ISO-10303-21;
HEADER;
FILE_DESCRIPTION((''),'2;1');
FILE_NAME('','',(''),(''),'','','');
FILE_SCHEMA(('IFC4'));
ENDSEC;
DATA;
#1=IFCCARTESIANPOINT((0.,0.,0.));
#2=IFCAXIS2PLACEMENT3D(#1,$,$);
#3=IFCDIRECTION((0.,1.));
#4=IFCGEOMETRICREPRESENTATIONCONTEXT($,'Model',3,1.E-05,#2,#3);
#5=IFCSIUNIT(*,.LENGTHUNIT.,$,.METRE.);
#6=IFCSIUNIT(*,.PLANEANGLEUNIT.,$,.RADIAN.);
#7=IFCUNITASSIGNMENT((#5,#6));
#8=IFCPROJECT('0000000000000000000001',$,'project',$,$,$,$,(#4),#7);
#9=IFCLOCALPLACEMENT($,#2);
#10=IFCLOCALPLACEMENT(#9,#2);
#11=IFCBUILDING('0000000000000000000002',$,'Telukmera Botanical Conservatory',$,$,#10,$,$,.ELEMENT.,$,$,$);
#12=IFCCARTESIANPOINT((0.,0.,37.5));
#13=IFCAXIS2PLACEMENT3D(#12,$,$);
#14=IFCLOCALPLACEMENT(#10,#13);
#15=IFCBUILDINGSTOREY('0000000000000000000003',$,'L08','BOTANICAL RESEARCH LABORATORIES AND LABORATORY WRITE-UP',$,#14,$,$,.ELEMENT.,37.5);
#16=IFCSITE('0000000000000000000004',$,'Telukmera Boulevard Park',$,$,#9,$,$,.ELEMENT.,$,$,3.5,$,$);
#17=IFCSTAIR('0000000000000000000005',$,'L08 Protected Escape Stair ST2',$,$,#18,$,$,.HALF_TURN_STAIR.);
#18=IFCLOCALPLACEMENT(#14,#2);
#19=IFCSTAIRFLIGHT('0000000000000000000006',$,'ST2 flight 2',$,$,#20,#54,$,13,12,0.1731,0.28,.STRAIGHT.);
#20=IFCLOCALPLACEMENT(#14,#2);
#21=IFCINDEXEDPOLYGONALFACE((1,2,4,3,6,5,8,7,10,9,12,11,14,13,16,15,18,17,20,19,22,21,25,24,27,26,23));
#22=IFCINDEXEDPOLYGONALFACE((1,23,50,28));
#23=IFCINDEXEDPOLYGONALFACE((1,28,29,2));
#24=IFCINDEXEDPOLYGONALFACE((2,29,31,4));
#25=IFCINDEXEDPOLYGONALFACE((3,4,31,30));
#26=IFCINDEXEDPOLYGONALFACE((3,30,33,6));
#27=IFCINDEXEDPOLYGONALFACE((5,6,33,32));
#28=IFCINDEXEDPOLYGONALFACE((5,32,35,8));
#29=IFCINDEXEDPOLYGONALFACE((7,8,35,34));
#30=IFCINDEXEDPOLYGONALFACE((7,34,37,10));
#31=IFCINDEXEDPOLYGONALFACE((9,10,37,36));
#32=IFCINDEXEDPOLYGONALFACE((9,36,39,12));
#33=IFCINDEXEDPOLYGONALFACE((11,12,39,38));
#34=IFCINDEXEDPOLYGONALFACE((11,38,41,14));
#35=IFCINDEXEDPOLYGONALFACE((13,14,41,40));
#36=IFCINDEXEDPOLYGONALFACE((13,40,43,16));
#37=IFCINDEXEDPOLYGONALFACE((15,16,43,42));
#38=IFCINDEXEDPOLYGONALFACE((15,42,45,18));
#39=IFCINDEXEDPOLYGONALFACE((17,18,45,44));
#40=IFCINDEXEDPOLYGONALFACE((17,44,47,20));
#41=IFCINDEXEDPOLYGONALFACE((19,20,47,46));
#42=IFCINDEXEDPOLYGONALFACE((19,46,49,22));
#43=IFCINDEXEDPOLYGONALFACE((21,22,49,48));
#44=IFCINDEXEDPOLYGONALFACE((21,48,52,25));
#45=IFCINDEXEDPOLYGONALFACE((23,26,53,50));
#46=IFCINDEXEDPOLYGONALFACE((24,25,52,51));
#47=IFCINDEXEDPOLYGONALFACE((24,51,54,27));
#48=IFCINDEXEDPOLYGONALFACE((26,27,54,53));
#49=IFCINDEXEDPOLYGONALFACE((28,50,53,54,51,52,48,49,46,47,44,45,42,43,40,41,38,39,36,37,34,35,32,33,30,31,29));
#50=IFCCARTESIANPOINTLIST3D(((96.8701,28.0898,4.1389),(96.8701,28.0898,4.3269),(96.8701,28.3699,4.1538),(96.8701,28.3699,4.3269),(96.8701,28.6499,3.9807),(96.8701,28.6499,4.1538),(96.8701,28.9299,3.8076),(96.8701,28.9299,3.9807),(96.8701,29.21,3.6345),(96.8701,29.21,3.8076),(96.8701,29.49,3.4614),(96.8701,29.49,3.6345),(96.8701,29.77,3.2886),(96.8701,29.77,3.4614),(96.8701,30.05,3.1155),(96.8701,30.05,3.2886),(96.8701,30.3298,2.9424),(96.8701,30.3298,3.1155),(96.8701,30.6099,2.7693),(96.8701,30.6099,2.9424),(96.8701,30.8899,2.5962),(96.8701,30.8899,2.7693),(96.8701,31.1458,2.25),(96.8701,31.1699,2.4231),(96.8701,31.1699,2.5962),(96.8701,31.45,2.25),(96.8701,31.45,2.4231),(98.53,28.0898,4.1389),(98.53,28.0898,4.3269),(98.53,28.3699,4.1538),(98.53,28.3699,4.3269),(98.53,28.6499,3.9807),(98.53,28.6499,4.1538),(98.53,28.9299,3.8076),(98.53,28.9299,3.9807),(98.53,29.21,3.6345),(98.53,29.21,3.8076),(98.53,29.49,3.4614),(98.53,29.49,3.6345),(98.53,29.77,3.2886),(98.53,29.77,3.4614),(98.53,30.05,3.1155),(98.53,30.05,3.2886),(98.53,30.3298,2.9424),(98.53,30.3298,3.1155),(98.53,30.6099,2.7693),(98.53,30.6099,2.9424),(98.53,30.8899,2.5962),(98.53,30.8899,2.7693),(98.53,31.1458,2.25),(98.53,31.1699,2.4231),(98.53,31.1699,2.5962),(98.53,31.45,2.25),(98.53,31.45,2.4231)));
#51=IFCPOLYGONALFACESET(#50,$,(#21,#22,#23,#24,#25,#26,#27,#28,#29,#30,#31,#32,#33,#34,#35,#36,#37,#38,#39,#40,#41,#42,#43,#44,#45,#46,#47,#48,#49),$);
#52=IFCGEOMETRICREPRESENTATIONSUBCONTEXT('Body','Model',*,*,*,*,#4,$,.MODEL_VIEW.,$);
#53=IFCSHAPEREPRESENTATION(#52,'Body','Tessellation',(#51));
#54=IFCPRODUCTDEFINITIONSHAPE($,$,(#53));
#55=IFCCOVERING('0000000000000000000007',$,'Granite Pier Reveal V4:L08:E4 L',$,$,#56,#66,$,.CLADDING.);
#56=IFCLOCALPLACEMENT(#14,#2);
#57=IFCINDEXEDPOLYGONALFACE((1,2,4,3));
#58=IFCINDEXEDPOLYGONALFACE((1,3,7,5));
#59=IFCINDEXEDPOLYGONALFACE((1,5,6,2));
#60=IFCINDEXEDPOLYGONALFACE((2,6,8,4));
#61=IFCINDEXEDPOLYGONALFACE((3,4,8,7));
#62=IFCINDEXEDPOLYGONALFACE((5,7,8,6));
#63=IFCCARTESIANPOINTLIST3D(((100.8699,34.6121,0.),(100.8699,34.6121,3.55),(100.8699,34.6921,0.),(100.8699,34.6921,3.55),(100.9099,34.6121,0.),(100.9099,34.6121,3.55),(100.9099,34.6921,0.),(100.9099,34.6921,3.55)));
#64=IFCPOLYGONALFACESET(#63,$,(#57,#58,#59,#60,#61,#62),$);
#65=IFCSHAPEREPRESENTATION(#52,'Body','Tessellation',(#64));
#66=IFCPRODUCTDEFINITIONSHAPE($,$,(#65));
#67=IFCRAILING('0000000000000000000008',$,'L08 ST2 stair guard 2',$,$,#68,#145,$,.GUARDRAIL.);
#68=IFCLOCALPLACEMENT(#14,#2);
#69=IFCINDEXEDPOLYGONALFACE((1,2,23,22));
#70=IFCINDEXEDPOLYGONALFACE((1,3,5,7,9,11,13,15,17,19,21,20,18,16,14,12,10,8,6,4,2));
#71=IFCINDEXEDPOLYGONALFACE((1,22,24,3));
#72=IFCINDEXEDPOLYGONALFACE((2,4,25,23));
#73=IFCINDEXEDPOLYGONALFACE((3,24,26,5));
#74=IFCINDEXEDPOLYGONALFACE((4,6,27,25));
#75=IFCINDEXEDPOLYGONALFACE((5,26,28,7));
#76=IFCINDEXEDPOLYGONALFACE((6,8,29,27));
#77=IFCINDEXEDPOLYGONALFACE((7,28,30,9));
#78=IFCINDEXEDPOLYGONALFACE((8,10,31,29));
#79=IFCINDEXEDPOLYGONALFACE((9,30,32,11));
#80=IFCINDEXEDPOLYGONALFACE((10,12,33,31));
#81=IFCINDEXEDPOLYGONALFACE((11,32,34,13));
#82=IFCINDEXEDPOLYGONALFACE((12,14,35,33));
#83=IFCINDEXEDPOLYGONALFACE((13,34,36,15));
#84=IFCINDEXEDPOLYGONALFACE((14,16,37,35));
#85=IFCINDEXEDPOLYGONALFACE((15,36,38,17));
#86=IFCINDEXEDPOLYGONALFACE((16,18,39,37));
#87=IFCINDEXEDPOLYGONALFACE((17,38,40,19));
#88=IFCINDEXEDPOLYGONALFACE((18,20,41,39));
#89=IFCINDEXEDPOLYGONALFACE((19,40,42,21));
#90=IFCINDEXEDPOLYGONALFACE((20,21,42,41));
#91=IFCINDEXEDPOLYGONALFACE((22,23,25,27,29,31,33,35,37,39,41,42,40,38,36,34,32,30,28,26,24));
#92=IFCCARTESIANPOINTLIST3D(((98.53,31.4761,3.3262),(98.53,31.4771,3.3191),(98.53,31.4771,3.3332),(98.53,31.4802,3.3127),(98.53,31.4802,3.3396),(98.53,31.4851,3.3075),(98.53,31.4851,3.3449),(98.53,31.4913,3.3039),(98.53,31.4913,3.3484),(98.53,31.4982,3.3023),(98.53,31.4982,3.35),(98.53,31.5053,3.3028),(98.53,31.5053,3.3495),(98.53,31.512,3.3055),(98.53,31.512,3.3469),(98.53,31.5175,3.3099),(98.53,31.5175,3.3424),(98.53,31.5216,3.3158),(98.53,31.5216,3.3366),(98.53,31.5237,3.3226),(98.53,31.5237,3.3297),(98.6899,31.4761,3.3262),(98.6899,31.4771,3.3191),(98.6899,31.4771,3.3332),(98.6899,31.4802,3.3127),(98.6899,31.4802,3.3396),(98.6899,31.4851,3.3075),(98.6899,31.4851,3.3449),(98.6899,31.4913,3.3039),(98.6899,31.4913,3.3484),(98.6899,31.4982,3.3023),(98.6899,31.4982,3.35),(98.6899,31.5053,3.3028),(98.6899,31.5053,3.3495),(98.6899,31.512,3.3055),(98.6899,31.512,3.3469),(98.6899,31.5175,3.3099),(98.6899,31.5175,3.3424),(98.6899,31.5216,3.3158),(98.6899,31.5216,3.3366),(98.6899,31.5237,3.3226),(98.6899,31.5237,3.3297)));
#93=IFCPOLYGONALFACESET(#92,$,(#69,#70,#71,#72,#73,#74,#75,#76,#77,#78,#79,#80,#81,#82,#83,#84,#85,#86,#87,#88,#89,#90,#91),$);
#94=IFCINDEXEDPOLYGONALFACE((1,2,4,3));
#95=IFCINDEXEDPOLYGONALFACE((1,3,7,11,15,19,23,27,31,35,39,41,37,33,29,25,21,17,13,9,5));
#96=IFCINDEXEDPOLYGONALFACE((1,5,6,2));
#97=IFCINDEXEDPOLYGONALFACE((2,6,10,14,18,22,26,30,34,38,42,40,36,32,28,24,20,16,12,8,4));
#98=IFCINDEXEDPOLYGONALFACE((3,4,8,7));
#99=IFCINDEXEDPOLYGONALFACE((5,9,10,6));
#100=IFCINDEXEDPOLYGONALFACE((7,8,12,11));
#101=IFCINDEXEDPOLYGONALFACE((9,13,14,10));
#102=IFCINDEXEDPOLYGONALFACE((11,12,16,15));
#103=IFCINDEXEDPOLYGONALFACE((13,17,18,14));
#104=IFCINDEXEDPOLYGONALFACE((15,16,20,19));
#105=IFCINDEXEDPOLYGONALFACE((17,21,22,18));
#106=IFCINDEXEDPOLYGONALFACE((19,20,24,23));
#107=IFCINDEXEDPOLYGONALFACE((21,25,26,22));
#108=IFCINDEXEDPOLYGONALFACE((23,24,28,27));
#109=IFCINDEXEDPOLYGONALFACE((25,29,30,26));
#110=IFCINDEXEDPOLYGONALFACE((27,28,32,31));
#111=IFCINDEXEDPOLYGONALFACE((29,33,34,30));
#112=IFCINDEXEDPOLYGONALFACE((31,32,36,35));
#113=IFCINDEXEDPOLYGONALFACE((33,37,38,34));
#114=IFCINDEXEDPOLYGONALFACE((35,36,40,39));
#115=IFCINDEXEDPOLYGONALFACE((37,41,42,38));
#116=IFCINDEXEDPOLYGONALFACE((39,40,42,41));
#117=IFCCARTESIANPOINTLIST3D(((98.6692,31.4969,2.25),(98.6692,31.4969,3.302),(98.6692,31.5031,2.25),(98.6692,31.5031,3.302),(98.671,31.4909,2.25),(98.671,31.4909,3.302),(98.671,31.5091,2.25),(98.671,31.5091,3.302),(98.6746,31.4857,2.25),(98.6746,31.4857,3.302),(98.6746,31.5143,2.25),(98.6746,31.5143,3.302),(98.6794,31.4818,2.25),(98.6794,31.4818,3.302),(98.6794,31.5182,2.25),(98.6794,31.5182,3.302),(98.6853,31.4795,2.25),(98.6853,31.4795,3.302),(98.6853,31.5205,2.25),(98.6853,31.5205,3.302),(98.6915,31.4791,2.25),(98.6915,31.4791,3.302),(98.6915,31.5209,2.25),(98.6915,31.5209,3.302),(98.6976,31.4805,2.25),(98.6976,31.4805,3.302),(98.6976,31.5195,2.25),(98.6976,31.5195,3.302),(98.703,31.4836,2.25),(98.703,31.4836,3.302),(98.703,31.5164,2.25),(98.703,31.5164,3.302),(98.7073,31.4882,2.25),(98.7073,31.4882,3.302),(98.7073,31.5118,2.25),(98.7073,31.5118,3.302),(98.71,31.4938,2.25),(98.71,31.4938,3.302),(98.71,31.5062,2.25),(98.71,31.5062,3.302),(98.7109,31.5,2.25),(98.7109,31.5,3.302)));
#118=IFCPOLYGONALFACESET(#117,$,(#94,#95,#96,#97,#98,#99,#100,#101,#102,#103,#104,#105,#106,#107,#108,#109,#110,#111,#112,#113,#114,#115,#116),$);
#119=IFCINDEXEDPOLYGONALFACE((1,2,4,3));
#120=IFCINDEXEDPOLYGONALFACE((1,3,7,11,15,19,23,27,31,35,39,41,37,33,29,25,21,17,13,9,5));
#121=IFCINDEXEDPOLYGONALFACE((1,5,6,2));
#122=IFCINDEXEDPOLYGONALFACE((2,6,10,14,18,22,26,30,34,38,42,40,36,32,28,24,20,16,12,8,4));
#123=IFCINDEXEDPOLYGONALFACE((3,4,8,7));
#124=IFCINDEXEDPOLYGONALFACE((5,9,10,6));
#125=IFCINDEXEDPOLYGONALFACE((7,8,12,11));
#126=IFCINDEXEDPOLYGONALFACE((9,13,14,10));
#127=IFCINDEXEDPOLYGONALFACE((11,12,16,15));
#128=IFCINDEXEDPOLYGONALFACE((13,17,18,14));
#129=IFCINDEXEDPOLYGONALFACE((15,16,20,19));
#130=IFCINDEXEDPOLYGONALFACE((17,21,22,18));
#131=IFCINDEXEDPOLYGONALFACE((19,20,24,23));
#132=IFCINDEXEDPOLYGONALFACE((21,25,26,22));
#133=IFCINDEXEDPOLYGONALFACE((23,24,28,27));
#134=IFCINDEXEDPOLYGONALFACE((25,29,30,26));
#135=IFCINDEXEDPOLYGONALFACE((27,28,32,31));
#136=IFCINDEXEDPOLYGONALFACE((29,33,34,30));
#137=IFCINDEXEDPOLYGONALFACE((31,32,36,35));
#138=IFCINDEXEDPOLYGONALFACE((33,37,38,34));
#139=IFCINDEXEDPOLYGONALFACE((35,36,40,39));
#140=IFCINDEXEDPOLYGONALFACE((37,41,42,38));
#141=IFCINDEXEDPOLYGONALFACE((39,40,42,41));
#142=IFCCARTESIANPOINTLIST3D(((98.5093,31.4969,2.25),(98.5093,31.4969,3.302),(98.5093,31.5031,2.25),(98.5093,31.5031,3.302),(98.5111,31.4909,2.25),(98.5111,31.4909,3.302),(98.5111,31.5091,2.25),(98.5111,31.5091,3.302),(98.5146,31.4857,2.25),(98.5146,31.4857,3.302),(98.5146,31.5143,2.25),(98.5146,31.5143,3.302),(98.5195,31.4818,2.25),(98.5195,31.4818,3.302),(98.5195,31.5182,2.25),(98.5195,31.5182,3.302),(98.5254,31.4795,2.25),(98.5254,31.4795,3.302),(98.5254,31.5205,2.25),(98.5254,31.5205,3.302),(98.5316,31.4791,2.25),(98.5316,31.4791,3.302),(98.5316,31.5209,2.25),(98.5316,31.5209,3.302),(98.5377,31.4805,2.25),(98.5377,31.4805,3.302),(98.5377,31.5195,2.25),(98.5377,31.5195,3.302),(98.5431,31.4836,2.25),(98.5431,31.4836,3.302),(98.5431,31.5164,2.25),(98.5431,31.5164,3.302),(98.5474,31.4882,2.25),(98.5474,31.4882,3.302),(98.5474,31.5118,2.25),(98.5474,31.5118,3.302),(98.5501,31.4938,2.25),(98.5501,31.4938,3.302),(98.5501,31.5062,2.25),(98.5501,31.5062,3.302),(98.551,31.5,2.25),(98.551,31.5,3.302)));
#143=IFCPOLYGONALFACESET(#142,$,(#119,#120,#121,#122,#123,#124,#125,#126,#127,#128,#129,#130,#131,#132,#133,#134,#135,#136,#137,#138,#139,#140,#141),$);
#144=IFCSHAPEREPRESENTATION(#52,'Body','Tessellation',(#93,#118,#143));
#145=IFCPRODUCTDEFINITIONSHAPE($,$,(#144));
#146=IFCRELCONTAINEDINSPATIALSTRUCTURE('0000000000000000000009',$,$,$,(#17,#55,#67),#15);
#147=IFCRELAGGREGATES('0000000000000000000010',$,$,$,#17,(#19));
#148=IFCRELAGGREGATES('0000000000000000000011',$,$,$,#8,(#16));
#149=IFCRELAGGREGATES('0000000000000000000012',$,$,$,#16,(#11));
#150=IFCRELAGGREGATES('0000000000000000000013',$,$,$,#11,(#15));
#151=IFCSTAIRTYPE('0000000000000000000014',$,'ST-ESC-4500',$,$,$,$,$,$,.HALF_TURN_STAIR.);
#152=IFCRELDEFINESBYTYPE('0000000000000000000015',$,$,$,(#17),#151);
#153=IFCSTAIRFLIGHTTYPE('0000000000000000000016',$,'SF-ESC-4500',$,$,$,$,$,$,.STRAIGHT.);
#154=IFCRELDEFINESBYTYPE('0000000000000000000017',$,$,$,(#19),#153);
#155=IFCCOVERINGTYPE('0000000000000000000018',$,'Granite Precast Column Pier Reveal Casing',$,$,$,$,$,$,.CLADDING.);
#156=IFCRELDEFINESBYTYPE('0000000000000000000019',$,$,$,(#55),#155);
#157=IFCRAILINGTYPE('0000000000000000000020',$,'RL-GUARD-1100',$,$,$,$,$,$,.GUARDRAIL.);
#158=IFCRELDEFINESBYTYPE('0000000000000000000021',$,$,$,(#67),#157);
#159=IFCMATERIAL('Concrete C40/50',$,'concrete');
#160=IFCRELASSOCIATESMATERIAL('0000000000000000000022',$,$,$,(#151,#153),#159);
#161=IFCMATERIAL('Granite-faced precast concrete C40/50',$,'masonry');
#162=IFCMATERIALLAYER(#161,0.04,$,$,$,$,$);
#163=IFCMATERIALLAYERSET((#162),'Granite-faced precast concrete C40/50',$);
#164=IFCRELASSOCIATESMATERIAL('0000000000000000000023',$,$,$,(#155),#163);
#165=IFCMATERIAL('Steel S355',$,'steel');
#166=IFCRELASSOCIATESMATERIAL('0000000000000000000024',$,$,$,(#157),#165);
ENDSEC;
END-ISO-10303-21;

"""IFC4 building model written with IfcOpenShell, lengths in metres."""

from ifc_helpers import new_model, si_unit, direction, frame, origin, origin_2d, place, context, subcontext, project, spatial, polyline, rectangle, circle, outline, extrude, material, layer, layer_set, type_object, element, aggregate, save


model = new_model("IFC4")

# Units and contexts
model_context = context("Model", 3, precision=1e-05, world=origin(), true_north=direction((0.0, 1.0)))
body_context = subcontext(model_context, "Body", "Model", "MODEL_VIEW")
ifc_project = project(units=[si_unit("LENGTHUNIT", "METRE"), si_unit("PLANEANGLEUNIT", "RADIAN")], contexts=[model_context])

# Site, building, storey
site_placement = place(None, origin())
site = spatial("IfcSite", under=ifc_project, at=site_placement, Name="Telukmera Boulevard Park", CompositionType="ELEMENT", RefElevation=3.5)
building_placement = place(site_placement, origin())
building = spatial("IfcBuilding", under=site, at=building_placement, Name="Telukmera Botanical Conservatory", CompositionType="ELEMENT")
storey_placement = place(building_placement, frame((0.0, 0.0, 37.5)))
storey = spatial("IfcBuildingStorey", under=building, at=storey_placement, Name="L08", Description="BOTANICAL RESEARCH LABORATORIES AND LABORATORY WRITE-UP", CompositionType="ELEMENT", Elevation=37.5)

# Shared definitions
ifc_material_1 = material(Name="Concrete C40/50", Category="concrete")

# Stair, stair flight
stair_type = type_object("IfcStairType", Name="ST-ESC-4500", PredefinedType="HALF_TURN_STAIR", material=ifc_material_1)
stair_placement = place(storey_placement, origin())
stair = element("IfcStair", 1, at=stair_placement, inside=storey, type_object=stair_type, Name="L08 Protected Escape Stair ST2", PredefinedType="HALF_TURN_STAIR")
stair_flight_type = type_object("IfcStairFlightType", Name="SF-ESC-4500", PredefinedType="STRAIGHT", material=ifc_material_1)
stair_flight_placement = place(storey_placement, frame((97.7, 31.45, 2.25), z_axis=(0.0, 0.0, 1.0), x_axis=(0.0, -1.0, 0.0)))
stair_flight = element("IfcStairFlight", 2, at=stair_flight_placement, type_object=stair_flight_type, Name="ST2 flight 2", NumberOfRisers=13, NumberOfTreads=12, PredefinedType="STRAIGHT", RiserHeight=0.1731, TreadLength=0.28, context=body_context, shape_type="SweptSolid", body=[
    extrude(outline(polyline([(0.0, 0.0), (0.0, 0.1731), (0.28, 0.1731), (0.28, 0.3462), (0.5601, 0.3462), (0.5601, 0.5193), (0.8401, 0.5193), (0.8401, 0.6924), (1.1201, 0.6924), (1.1201, 0.8655), (1.3999, 0.8655), (1.3999, 1.0386), (1.6799, 1.0386), (1.6799, 1.2114), (1.96, 1.2114), (1.96, 1.3845), (2.24, 1.3845), (2.24, 1.5576), (2.52, 1.5576), (2.52, 1.7307), (2.8, 1.7307), (2.8, 1.9038), (3.0801, 1.9038), (3.0801, 2.0769), (3.3601, 2.0769), (3.3601, 2.25), (3.3601, 1.8889), (0.3042, 0.0), (0.0, 0.0)])), frame((0.0, 0.8301, 0.0), z_axis=(0.0, -1.0, 0.0), x_axis=(1.0, 0.0, 0.0)), (0.0, 0.0, 1.0), 1.6599),
])
aggregate(stair, [stair_flight])

# Covering
ifc_material_2 = material(Name="Granite-faced precast concrete C40/50", Category="masonry")
ifc_layer_1 = layer(ifc_material_2, 0.04)
ifc_layer_set_1 = layer_set([ifc_layer_1], Name="Granite-faced precast concrete C40/50")
covering_type = type_object("IfcCoveringType", Name="Granite Precast Column Pier Reveal Casing", PredefinedType="CLADDING", material=ifc_layer_set_1)
covering_placement = place(storey_placement, frame((100.8899, 34.6521, 0.0), z_axis=(0.0, 0.0, 1.0), x_axis=(0.0, 1.0, 0.0)))
element("IfcCovering", 3, at=covering_placement, inside=storey, type_object=covering_type, Name="Granite Pier Reveal V4:L08:E4 L", PredefinedType="CLADDING", context=body_context, shape_type="SweptSolid", body=[
    extrude(rectangle(XDim=0.0801, YDim=0.04, at=origin_2d()), origin(), (0.0, 0.0, 1.0), 3.55),
])

# Railing
ifc_material_3 = material(Name="Steel S355", Category="steel")
railing_type_1 = type_object("IfcRailingType", Name="RL-GUARD-1100", PredefinedType="GUARDRAIL", material=ifc_material_3)
railing_1_placement = place(storey_placement, frame((98.6899, 31.5, 2.25)))
element("IfcRailing", 4, at=railing_1_placement, inside=storey, type_object=railing_type_1, Name="L08 ST2 stair guard 2", PredefinedType="GUARDRAIL", context=body_context, shape_type="SweptSolid", body=[
    extrude(circle(Radius=0.0239, at=origin_2d()), frame((0.0, 0.0, 1.0762), z_axis=(-1.0, 0.0, 0.0), x_axis=(0.0, -1.0, 0.0)), (0.0, 0.0, 1.0), 0.1599),
    extrude(circle(Radius=0.021, at=origin_2d()), origin(), (0.0, 0.0, 1.0), 1.052),
    extrude(circle(Radius=0.021, at=origin_2d()), frame((-0.1599, 0.0, 0.0)), (0.0, 0.0, 1.0), 1.052),
])

save(model, "model.ifc")
